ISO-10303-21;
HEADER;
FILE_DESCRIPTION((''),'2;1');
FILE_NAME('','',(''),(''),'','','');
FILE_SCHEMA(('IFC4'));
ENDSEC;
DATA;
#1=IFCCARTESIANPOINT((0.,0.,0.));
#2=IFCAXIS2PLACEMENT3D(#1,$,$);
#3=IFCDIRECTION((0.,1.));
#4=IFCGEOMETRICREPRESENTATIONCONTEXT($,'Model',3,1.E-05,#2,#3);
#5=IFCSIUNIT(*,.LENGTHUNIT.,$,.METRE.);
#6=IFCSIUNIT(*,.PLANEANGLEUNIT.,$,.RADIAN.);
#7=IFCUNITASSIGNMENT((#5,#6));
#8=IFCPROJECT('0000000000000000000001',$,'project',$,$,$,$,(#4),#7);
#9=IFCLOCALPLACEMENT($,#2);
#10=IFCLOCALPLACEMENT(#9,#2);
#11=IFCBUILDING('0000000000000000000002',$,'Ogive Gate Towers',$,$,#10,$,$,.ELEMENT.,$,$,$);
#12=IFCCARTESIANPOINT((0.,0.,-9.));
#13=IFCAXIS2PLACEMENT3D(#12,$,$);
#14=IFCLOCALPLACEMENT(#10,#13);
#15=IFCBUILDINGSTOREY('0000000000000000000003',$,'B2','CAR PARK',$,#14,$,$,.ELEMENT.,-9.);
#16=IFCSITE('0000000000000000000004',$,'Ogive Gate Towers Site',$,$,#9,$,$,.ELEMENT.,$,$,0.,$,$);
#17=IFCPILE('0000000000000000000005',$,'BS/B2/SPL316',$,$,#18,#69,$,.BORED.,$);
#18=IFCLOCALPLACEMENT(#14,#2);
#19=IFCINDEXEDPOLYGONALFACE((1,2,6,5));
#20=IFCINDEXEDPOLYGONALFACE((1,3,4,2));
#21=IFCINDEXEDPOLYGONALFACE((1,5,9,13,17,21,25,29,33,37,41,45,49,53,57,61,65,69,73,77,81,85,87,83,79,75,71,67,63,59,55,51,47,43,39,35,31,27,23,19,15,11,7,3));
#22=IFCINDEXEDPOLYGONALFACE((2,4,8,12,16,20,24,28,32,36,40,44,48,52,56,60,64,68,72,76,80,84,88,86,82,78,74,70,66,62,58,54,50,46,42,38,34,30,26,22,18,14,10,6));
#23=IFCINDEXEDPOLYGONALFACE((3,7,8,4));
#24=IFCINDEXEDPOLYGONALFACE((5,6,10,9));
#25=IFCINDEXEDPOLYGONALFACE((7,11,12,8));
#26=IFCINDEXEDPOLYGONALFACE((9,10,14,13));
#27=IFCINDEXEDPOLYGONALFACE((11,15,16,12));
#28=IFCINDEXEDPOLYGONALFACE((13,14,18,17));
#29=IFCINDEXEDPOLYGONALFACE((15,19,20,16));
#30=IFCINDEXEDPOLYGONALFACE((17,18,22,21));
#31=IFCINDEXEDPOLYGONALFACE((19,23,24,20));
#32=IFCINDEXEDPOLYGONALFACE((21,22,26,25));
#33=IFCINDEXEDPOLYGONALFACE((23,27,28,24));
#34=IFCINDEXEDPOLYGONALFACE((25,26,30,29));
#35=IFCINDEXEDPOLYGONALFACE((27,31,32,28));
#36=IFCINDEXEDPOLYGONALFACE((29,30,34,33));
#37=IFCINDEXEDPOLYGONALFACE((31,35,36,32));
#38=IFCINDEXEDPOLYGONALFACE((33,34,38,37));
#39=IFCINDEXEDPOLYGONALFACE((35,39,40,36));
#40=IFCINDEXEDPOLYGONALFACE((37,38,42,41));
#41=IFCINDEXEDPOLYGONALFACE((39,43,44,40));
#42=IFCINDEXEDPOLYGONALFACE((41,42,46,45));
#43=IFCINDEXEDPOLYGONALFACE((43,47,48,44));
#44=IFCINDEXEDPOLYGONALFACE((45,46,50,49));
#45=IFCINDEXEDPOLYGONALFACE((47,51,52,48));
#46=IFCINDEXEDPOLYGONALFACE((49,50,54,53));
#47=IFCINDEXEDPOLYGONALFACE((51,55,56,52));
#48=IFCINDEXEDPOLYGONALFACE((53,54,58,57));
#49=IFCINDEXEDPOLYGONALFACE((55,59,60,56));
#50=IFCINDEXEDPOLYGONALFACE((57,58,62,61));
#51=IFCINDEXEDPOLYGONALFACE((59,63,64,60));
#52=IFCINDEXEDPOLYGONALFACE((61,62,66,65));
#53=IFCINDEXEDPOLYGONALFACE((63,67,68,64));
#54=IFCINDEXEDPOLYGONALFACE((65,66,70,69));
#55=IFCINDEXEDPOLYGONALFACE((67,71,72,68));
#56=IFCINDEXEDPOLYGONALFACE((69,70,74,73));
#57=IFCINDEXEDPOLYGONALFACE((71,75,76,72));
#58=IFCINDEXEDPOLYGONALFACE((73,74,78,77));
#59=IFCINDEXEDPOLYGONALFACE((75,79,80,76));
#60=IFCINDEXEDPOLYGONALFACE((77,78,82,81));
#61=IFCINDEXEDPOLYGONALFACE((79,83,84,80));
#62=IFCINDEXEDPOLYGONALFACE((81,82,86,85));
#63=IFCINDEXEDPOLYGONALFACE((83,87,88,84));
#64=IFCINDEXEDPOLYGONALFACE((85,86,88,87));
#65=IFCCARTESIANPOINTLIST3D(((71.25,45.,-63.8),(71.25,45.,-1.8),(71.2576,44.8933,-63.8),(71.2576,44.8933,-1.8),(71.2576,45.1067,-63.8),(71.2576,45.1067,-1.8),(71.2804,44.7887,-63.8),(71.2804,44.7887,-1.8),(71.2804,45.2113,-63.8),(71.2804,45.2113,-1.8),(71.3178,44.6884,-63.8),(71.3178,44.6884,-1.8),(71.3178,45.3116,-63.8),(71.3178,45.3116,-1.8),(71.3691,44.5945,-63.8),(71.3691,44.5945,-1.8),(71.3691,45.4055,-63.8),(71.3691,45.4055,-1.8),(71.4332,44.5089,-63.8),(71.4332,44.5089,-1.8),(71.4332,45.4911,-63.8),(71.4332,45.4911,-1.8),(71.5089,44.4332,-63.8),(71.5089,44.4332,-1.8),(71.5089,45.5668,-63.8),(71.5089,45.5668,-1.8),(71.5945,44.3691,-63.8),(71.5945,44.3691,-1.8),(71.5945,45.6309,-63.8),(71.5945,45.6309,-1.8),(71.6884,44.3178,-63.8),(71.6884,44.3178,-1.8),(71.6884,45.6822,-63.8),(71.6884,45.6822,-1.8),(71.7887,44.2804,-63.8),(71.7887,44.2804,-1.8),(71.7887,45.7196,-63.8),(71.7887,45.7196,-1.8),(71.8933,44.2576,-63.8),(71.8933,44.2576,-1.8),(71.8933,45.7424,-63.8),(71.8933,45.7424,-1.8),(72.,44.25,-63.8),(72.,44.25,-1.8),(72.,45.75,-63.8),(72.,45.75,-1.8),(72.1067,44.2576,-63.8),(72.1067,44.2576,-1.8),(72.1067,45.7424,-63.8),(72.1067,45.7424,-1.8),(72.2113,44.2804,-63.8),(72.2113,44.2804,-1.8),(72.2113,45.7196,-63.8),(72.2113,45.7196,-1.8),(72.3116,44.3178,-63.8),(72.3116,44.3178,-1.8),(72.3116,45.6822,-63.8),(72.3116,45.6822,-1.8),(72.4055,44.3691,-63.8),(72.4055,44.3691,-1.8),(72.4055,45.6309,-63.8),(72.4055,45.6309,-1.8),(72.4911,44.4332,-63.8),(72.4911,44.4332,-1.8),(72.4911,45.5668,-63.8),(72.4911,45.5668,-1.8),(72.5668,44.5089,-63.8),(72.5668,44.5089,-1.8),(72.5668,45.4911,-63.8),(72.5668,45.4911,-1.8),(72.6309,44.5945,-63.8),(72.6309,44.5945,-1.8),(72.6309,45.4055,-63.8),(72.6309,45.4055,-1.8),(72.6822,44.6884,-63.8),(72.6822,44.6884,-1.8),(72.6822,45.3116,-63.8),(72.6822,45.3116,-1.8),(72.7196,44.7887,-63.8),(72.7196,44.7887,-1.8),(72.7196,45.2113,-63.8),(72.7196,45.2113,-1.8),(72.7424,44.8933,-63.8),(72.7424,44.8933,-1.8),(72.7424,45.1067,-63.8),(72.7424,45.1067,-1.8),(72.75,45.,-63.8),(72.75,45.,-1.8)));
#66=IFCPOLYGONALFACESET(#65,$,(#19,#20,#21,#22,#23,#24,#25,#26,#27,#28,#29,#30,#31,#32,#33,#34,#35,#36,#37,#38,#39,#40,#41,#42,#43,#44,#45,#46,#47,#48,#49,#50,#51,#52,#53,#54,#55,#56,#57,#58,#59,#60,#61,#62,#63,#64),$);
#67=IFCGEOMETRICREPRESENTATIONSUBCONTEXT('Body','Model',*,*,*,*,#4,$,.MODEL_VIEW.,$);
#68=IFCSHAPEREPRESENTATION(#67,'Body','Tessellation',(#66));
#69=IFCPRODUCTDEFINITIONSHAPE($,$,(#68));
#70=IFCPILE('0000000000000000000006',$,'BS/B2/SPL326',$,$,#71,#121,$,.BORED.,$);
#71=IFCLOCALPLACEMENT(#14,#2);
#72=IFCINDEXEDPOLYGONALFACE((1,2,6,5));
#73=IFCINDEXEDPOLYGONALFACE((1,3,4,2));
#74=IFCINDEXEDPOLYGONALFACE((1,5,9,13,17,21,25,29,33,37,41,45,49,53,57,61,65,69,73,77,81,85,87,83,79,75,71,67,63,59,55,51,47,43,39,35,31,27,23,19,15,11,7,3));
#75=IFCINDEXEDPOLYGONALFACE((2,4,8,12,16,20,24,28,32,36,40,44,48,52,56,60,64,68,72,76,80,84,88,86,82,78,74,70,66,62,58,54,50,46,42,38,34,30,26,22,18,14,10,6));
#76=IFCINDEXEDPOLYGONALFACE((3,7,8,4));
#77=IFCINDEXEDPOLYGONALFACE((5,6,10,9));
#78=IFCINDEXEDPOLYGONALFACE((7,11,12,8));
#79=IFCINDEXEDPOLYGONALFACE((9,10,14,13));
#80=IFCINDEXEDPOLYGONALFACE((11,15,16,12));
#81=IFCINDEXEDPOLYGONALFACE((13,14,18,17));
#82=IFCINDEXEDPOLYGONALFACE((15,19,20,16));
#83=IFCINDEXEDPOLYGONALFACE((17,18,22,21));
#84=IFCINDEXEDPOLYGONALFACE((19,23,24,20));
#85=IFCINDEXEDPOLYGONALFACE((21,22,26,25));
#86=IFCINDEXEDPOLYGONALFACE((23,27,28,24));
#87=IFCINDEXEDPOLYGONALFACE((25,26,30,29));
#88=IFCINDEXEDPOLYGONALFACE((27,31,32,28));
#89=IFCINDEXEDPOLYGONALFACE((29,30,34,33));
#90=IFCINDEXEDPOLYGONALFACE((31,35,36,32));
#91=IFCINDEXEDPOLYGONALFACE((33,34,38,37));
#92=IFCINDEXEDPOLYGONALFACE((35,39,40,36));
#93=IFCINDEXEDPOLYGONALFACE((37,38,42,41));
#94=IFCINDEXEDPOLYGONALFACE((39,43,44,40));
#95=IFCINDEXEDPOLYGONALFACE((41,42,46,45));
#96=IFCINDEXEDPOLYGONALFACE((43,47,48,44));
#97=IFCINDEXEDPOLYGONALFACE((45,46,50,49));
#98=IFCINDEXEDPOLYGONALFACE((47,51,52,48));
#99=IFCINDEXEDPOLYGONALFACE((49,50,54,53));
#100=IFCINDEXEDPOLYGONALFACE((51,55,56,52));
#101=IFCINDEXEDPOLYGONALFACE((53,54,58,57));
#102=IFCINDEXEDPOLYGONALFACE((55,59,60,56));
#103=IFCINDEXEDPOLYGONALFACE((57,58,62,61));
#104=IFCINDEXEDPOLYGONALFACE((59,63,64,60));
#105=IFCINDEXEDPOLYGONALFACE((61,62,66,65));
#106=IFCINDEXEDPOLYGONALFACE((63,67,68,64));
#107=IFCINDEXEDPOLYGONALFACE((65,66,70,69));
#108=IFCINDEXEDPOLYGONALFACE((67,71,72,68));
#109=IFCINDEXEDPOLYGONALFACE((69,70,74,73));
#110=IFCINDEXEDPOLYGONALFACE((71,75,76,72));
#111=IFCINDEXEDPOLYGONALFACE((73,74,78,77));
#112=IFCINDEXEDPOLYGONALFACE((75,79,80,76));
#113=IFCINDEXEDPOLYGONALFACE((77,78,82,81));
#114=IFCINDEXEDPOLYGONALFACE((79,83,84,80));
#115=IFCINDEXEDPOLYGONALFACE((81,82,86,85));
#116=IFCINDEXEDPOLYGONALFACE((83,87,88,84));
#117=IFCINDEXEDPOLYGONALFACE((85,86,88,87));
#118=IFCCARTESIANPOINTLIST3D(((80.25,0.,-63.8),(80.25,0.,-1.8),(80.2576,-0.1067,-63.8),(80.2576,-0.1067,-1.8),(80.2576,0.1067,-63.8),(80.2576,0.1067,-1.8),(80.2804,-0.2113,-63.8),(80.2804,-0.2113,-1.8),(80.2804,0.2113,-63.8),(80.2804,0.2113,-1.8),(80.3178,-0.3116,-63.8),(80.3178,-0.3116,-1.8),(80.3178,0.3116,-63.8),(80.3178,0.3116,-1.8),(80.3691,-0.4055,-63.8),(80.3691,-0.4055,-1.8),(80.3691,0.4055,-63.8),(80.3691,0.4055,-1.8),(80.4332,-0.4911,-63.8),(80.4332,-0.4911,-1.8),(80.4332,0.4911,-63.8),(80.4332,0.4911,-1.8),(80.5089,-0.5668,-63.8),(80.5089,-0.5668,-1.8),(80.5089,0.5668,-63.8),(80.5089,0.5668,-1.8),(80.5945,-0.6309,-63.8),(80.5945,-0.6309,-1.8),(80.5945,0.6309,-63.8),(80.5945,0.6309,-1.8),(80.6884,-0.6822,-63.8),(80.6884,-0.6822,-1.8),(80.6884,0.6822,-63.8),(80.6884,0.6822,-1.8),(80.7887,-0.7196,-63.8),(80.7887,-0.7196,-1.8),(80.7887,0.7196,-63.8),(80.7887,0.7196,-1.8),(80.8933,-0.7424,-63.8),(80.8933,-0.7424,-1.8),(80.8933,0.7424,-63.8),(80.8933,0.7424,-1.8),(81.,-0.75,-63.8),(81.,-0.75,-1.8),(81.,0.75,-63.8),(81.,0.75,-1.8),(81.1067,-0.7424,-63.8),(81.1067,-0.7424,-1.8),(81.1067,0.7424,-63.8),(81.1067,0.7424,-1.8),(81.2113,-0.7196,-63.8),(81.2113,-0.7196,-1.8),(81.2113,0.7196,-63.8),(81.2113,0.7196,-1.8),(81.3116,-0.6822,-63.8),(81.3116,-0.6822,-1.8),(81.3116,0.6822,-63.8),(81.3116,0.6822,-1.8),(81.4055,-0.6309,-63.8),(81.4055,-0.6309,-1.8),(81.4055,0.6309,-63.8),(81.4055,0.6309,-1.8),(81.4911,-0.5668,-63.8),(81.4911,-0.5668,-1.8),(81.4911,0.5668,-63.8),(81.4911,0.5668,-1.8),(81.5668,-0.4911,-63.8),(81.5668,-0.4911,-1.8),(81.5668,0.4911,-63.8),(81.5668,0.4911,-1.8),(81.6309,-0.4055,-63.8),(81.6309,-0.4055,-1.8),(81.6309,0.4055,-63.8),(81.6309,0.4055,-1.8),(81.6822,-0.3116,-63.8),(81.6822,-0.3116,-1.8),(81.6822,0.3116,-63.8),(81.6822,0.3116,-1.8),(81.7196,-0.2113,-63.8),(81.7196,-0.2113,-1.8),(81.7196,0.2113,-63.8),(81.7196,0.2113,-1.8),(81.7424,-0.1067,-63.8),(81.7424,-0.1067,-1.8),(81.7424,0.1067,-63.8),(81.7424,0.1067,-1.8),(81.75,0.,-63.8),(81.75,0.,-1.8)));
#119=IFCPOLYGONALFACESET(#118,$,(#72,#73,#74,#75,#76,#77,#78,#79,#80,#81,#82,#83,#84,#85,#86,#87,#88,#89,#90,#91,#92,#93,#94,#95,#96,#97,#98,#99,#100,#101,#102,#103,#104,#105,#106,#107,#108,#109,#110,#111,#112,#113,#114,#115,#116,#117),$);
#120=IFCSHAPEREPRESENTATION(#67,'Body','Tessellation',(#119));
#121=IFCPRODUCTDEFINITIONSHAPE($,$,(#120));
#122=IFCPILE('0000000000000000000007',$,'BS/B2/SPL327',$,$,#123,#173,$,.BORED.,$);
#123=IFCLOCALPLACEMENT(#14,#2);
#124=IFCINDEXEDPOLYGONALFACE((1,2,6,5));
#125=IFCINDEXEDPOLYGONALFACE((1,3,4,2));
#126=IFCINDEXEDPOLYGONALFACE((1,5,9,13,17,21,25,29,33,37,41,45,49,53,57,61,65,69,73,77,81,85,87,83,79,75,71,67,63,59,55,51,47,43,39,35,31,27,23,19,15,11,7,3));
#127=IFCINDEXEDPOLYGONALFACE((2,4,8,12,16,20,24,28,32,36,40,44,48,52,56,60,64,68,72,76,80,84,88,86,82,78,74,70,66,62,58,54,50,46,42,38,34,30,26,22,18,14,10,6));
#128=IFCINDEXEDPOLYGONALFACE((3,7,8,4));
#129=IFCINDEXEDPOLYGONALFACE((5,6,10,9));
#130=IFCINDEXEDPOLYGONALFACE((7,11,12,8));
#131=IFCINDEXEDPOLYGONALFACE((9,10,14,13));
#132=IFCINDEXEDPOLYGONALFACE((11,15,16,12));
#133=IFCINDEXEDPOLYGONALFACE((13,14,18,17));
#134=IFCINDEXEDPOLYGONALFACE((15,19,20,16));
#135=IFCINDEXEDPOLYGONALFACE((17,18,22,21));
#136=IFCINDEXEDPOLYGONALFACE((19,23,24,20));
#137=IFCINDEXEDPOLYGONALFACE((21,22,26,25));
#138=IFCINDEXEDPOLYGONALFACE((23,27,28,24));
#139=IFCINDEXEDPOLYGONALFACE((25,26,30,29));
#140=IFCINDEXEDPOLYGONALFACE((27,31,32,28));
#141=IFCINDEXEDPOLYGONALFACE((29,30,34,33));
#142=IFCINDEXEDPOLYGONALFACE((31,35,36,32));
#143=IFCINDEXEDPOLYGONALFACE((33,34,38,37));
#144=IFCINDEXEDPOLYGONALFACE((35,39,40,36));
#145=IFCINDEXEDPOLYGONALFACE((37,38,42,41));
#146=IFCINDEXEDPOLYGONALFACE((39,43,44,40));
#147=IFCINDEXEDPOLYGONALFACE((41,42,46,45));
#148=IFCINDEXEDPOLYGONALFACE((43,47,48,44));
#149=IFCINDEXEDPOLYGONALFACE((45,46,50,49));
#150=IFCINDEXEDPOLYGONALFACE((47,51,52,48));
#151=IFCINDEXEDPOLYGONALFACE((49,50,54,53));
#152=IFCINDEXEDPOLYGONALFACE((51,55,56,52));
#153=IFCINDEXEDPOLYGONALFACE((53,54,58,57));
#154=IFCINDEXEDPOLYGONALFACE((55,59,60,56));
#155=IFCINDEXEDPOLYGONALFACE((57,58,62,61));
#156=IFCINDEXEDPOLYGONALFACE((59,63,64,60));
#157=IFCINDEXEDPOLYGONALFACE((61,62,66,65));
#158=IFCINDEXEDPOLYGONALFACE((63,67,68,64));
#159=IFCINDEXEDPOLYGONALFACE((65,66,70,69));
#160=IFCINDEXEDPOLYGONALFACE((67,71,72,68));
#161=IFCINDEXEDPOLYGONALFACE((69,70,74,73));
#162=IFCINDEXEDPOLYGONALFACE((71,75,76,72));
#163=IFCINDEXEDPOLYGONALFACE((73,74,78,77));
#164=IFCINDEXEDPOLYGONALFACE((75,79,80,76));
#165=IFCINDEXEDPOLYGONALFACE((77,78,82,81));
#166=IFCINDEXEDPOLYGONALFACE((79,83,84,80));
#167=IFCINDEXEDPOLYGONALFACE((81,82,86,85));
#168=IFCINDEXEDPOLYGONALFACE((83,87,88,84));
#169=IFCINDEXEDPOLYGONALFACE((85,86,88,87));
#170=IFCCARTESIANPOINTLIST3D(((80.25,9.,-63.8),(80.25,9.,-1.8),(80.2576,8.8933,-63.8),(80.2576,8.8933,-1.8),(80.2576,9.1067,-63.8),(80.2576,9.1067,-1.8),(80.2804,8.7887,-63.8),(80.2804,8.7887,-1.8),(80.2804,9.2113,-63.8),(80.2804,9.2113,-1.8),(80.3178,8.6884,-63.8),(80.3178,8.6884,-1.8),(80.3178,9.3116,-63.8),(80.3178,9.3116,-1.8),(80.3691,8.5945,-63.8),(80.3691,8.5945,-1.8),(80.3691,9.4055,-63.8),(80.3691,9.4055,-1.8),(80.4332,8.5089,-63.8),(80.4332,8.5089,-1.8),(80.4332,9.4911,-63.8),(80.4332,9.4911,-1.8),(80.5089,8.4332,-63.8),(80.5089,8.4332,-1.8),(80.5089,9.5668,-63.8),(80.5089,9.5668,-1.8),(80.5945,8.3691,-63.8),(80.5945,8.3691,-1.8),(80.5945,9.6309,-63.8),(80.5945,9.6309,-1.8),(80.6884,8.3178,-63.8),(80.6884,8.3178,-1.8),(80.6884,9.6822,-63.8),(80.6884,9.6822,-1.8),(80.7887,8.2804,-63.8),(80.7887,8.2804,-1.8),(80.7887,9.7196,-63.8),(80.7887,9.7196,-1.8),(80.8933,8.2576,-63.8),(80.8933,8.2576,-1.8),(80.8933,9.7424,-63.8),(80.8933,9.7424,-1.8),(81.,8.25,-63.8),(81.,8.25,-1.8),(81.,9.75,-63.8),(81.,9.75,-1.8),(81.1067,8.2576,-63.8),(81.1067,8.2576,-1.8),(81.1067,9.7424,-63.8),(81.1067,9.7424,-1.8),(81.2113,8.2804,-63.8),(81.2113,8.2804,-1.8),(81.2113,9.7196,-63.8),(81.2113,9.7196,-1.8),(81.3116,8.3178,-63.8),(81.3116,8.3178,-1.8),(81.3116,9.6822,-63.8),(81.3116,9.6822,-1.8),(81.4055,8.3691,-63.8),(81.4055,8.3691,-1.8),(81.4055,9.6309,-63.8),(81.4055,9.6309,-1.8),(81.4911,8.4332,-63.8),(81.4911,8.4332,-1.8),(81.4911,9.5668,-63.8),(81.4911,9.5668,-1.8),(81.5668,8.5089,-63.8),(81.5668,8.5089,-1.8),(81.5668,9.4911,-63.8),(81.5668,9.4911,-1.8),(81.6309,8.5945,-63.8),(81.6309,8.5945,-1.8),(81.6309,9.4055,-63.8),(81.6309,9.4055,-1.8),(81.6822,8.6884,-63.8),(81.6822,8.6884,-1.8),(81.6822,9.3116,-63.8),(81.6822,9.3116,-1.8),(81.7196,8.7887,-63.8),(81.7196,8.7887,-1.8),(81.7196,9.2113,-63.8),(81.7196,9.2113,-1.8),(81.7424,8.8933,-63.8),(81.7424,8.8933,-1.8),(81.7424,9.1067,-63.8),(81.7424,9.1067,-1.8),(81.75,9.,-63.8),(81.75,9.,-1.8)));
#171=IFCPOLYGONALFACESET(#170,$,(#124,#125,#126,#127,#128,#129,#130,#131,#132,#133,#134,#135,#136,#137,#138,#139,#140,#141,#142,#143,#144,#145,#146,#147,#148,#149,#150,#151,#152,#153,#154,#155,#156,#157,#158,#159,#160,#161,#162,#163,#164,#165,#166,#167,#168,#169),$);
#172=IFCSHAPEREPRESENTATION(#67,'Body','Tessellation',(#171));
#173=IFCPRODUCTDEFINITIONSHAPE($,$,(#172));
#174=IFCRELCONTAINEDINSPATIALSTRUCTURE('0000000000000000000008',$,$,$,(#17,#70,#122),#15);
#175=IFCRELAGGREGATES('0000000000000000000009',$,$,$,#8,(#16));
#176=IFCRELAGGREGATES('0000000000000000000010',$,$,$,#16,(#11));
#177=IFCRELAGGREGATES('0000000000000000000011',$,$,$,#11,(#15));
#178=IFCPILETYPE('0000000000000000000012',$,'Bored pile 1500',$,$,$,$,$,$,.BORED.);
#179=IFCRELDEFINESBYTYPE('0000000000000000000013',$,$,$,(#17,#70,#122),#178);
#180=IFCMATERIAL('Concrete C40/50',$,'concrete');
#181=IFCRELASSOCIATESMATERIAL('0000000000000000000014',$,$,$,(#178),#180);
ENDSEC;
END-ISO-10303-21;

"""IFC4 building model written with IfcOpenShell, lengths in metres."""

from ifc_helpers import new_model, si_unit, direction, frame, origin, origin_2d, place, context, subcontext, project, spatial, circle, extrude, material, material_profile, profile_set, type_object, element, save


model = new_model("IFC4")

# Units and contexts
model_context = context("Model", 3, precision=1e-05, world=origin(), true_north=direction((0.0, 1.0)))
body_context = subcontext(model_context, "Body", "Model", "MODEL_VIEW")
ifc_project = project(units=[si_unit("LENGTHUNIT", "METRE"), si_unit("PLANEANGLEUNIT", "RADIAN")], contexts=[model_context])

# Site, building, storey
site_placement = place(None, origin())
site = spatial("IfcSite", under=ifc_project, at=site_placement, Name="Ogive Gate Towers Site", CompositionType="ELEMENT", RefElevation=0.0)
building_placement = place(site_placement, origin())
building = spatial("IfcBuilding", under=site, at=building_placement, Name="Ogive Gate Towers", CompositionType="ELEMENT")
storey_placement = place(building_placement, frame((0.0, 0.0, -9.0)))
storey = spatial("IfcBuildingStorey", under=building, at=storey_placement, Name="B2", Description="CAR PARK", CompositionType="ELEMENT", Elevation=-9.0)

# Piles
ifc_material_1 = material(Name="Concrete C40/50", Category="concrete")
ifc_material_profile_1 = material_profile(ifc_material_1, circle(Radius=0.75, at=origin_2d()), Name="BP 1500")
ifc_profile_set_1 = profile_set([ifc_material_profile_1], Name="Concrete C40/50")
pile_type = type_object("IfcPileType", Name="Bored pile 1500", PredefinedType="BORED", material=ifc_profile_set_1)
for number, where, z_axis, x_axis, name in (
    (1, (72.0, 45.0, -1.8), (0.0, 0.0, -1.0), (1.0, 0.0, 0.0), "BS/B2/SPL316"),
    (2, (81.0, 0.0, -1.8), (0.0, 0.0, -1.0), (1.0, 0.0, 0.0), "BS/B2/SPL326"),
    (3, (81.0, 9.0, -1.8), (0.0, 0.0, -1.0), (1.0, 0.0, 0.0), "BS/B2/SPL327"),
):
    element("IfcPile", number, at=place(storey_placement, frame(where, z_axis=z_axis, x_axis=x_axis)), inside=storey, type_object=pile_type, Name=name, PredefinedType="BORED", context=body_context, shape_type="SweptSolid", body=[
        extrude(circle(Radius=0.75, at=origin_2d()), origin(), (0.0, 0.0, 1.0), 62.0),
    ])

save(model, "model.ifc")
